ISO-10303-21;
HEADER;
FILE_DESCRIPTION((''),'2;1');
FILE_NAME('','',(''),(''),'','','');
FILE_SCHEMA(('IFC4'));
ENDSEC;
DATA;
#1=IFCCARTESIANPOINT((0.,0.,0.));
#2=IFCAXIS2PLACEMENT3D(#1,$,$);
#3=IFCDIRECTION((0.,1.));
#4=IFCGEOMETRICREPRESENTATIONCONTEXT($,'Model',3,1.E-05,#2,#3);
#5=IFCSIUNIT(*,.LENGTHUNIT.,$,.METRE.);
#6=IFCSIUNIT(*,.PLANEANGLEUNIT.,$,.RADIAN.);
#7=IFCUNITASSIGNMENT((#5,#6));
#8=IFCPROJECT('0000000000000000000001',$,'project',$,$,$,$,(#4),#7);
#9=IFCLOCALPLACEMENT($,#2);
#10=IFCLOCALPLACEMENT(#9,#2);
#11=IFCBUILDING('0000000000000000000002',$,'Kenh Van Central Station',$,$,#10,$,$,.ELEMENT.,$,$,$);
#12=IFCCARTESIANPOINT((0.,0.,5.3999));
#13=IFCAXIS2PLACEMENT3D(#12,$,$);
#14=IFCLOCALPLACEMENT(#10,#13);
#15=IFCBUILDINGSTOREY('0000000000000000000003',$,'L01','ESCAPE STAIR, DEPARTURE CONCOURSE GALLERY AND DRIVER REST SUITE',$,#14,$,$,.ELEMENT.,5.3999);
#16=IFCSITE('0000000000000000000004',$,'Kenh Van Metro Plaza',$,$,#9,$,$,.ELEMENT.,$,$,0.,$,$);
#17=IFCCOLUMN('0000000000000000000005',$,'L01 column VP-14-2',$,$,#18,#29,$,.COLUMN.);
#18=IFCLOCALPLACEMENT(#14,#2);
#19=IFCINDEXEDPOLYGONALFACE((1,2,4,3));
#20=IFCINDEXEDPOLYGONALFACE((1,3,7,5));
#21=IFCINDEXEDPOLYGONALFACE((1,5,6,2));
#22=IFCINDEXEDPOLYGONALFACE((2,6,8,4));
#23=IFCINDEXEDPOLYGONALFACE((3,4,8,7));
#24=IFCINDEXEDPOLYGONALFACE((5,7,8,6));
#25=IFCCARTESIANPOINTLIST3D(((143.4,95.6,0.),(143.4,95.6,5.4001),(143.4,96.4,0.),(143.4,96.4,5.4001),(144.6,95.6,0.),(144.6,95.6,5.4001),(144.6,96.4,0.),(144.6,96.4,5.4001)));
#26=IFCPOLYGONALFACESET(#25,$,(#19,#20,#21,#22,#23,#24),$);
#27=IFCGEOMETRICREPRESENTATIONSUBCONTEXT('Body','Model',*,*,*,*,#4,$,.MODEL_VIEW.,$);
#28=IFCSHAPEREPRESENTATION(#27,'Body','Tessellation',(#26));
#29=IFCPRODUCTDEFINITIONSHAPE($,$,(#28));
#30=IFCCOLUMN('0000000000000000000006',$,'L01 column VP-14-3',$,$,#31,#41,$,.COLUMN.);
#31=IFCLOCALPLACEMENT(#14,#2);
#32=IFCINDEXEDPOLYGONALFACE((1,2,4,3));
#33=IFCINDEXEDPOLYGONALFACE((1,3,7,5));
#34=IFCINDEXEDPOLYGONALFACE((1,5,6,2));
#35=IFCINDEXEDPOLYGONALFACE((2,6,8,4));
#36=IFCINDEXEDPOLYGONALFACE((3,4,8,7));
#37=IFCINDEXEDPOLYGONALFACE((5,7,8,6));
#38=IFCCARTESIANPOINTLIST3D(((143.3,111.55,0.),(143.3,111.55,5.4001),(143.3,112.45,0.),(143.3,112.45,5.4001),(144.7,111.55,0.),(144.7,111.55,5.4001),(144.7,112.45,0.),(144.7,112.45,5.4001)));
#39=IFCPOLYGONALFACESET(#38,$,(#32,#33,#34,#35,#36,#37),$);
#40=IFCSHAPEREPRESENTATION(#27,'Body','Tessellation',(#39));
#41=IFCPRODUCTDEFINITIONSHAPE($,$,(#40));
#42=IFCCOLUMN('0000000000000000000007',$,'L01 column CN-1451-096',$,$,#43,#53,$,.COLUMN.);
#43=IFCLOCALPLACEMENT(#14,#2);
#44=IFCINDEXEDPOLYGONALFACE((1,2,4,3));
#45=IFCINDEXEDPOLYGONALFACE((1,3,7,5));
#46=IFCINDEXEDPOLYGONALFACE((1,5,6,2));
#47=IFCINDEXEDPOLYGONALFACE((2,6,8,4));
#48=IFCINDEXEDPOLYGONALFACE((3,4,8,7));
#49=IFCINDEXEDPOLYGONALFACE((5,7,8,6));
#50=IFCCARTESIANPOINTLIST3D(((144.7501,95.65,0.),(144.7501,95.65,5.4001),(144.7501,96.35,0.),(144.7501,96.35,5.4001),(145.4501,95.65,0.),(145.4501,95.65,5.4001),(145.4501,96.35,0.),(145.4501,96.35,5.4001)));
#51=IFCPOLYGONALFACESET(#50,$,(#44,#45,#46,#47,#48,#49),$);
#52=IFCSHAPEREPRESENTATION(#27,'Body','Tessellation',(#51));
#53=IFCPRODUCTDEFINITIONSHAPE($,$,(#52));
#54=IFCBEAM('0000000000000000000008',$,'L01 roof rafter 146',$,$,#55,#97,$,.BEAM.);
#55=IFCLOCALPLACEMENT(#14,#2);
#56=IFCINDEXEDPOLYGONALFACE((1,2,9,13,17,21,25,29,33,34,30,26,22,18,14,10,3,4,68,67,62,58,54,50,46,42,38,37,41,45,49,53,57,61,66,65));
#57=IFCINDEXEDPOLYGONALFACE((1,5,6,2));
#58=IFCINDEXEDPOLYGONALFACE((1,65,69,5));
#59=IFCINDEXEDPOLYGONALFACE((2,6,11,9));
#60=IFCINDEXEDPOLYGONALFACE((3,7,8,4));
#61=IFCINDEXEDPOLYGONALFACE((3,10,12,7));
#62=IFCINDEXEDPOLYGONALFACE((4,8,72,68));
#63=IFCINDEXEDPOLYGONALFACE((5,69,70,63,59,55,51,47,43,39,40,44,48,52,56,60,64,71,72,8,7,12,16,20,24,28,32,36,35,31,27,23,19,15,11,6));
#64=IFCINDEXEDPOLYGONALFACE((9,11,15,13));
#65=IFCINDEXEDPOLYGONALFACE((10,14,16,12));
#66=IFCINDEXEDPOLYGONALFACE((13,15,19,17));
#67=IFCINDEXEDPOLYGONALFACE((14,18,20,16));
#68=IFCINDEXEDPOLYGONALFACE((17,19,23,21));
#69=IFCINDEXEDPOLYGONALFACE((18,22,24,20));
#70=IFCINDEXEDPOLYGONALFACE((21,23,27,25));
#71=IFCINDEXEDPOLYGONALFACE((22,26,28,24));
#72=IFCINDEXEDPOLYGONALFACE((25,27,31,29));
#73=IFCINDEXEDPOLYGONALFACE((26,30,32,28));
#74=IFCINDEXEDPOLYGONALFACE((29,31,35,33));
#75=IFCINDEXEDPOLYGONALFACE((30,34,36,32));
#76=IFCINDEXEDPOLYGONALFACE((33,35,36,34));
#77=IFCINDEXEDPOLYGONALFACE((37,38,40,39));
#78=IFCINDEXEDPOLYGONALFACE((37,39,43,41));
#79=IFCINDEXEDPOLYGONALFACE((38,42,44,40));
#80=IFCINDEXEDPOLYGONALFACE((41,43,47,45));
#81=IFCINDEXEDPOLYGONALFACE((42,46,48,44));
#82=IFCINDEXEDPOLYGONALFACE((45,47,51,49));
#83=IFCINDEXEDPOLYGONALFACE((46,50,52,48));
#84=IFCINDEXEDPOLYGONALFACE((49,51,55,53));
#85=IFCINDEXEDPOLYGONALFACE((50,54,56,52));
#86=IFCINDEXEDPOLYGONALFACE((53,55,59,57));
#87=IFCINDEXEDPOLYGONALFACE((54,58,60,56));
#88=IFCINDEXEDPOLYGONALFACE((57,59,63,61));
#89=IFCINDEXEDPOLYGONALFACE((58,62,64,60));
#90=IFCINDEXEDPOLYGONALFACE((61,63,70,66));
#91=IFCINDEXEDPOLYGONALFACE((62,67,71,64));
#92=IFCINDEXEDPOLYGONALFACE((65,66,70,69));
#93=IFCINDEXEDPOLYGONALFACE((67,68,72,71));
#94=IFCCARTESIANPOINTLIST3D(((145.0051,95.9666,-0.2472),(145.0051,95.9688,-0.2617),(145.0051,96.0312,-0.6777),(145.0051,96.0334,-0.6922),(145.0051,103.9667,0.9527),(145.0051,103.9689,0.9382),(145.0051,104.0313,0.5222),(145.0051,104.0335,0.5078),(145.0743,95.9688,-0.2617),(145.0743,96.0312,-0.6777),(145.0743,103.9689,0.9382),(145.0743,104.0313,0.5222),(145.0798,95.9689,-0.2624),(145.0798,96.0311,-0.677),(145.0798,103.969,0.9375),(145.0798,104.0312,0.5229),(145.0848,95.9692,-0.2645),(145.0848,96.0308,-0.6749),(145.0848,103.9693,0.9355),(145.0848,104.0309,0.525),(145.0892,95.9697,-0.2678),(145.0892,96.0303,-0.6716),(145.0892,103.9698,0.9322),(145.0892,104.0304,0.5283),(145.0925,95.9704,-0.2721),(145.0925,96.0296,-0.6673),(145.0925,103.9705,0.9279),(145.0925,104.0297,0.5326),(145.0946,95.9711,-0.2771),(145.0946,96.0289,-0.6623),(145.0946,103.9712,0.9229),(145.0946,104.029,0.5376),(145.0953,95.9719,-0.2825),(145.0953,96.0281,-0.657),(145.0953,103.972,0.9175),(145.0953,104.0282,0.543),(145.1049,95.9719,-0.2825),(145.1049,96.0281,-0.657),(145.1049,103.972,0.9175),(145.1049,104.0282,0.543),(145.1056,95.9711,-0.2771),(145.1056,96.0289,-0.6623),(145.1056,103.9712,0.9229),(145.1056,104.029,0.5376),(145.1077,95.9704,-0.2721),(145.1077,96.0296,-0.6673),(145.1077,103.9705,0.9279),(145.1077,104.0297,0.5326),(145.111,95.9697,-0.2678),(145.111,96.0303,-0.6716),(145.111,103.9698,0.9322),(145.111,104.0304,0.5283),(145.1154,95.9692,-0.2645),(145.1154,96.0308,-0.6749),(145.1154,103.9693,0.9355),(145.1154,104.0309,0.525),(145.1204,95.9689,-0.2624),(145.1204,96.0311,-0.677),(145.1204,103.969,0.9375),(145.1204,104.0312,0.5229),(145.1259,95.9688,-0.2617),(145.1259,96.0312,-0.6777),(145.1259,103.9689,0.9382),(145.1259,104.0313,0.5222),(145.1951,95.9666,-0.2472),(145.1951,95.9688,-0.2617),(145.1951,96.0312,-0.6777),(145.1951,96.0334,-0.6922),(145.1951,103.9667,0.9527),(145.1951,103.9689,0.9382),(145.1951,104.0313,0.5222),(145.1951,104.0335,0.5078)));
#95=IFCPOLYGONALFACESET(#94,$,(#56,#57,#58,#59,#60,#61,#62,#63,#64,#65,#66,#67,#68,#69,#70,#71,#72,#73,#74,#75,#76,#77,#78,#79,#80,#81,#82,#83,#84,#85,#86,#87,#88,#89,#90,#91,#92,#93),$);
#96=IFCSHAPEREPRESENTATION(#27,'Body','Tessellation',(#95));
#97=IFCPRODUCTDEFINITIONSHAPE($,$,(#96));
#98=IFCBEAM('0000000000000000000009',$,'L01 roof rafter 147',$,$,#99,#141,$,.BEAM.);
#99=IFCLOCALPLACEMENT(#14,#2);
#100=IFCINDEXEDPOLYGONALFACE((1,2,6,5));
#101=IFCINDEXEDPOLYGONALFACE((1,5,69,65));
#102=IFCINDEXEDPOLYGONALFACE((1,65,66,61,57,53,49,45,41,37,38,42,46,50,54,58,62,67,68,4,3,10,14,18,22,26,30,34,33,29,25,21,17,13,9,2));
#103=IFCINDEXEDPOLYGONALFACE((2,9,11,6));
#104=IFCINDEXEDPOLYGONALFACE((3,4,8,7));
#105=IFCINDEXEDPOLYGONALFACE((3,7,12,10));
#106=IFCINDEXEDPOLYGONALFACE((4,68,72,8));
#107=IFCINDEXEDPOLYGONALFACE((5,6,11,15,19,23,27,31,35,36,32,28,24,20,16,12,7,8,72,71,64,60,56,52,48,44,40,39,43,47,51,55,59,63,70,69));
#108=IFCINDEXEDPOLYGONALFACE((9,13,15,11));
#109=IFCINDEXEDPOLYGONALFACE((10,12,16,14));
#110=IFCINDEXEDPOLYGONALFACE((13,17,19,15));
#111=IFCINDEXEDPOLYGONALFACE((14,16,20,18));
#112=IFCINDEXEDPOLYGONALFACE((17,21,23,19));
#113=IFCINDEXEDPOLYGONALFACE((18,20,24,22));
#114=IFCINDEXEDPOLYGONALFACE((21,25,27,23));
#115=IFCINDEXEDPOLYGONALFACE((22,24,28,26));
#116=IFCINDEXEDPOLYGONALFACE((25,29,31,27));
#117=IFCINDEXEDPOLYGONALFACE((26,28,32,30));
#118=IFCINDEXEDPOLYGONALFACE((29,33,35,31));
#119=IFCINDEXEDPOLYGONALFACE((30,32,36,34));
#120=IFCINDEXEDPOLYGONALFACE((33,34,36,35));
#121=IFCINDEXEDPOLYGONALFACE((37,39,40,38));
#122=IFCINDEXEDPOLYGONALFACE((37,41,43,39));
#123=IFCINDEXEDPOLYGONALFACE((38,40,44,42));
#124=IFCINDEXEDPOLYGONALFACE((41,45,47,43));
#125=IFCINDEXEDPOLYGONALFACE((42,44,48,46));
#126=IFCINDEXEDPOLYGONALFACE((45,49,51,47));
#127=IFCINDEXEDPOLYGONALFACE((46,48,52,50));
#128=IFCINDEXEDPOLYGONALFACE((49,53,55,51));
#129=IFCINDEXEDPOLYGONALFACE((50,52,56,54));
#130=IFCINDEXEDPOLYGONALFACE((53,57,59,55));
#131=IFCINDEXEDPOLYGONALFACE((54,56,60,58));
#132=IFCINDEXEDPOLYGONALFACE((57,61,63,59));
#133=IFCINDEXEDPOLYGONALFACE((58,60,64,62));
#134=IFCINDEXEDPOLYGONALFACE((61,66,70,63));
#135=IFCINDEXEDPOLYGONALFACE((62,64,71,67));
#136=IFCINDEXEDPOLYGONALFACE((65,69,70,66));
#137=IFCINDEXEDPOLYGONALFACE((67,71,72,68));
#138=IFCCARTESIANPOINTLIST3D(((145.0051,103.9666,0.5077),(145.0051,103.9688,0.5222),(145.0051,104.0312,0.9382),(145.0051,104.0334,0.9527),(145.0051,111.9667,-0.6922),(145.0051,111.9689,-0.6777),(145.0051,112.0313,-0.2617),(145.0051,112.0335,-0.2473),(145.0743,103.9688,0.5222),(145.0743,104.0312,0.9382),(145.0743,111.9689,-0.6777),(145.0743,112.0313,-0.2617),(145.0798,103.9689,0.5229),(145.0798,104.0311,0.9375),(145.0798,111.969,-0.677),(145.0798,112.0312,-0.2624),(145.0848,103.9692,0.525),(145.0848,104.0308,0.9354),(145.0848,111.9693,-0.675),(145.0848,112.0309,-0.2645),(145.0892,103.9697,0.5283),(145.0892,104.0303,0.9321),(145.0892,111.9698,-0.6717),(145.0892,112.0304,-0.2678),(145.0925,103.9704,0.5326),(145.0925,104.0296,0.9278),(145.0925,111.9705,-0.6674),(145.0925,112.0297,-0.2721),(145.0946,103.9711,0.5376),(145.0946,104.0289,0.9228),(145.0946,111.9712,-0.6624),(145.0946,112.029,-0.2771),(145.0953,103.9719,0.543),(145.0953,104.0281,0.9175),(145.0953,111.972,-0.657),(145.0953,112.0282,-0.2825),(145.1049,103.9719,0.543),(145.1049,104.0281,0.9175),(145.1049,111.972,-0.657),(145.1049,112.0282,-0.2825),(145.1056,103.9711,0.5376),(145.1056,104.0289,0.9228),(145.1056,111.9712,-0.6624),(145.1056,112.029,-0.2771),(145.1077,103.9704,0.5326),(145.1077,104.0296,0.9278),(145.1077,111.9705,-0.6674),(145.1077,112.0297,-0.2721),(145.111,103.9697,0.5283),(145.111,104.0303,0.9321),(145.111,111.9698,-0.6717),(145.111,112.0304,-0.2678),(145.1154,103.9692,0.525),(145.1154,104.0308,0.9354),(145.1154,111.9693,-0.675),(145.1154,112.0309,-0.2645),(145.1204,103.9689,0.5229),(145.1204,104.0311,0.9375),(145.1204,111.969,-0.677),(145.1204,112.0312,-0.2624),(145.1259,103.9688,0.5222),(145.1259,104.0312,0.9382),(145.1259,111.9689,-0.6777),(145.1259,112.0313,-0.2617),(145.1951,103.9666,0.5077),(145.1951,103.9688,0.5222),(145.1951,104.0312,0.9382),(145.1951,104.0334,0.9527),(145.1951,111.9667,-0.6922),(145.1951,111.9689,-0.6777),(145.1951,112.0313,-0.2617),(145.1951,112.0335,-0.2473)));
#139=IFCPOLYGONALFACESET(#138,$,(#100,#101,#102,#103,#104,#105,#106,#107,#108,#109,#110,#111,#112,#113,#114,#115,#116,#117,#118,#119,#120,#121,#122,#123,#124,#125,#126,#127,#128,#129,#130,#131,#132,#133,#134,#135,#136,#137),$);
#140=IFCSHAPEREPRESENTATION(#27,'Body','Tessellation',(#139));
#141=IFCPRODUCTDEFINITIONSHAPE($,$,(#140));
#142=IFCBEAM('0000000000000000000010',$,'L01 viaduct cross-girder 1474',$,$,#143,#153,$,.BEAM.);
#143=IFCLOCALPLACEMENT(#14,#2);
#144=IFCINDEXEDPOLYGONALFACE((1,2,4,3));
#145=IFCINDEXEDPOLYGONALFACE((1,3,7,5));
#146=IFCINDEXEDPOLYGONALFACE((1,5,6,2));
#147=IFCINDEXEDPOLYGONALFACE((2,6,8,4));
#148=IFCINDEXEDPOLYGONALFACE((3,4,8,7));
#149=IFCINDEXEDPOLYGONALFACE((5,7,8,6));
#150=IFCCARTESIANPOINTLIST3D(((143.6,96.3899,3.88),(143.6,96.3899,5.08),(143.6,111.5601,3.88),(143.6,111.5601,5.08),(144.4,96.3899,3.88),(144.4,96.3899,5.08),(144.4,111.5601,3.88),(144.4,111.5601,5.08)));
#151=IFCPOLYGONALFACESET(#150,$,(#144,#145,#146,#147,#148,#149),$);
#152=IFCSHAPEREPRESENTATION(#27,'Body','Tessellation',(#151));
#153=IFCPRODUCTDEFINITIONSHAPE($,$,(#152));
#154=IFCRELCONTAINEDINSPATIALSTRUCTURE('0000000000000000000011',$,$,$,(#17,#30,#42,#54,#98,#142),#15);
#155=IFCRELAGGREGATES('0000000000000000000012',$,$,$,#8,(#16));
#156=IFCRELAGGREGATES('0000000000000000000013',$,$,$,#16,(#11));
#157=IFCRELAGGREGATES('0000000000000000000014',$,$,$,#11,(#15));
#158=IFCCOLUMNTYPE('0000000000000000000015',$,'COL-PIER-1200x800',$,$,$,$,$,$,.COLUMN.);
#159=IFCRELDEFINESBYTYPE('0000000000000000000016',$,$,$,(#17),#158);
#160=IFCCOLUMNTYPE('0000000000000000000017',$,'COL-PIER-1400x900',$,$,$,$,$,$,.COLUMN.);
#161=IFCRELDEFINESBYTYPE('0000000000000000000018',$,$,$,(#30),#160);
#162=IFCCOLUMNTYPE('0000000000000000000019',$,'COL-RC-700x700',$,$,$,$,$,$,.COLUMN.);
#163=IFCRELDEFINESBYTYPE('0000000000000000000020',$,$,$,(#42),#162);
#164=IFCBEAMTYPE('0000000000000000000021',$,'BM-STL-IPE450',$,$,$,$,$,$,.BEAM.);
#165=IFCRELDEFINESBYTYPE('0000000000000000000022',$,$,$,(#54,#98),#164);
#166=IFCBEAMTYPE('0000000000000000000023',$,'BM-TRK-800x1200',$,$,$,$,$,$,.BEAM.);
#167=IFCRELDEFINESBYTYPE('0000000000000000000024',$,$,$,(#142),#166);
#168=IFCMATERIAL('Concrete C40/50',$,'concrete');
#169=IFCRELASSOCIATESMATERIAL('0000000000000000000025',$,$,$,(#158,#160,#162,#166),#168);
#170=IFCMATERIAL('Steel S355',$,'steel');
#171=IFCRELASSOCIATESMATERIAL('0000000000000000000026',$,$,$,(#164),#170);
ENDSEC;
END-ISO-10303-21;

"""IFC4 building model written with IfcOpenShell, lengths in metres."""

from ifc_helpers import new_model, si_unit, direction, frame, origin, origin_2d, place, context, subcontext, project, spatial, rectangle, i_section, extrude, material, material_profile, profile_set, type_object, element, save


model = new_model("IFC4")

# Units and contexts
model_context = context("Model", 3, precision=1e-05, world=origin(), true_north=direction((0.0, 1.0)))
body_context = subcontext(model_context, "Body", "Model", "MODEL_VIEW")
ifc_project = project(units=[si_unit("LENGTHUNIT", "METRE"), si_unit("PLANEANGLEUNIT", "RADIAN")], contexts=[model_context])

# Site, building, storey
site_placement = place(None, origin())
site = spatial("IfcSite", under=ifc_project, at=site_placement, Name="Kenh Van Metro Plaza", CompositionType="ELEMENT", RefElevation=0.0)
building_placement = place(site_placement, origin())
building = spatial("IfcBuilding", under=site, at=building_placement, Name="Kenh Van Central Station", CompositionType="ELEMENT")
storey_placement = place(building_placement, frame((0.0, 0.0, 5.3999)))
storey = spatial("IfcBuildingStorey", under=building, at=storey_placement, Name="L01", Description="ESCAPE STAIR, DEPARTURE CONCOURSE GALLERY AND DRIVER REST SUITE", CompositionType="ELEMENT", Elevation=5.3999)

# Columns
ifc_material_1 = material(Name="Concrete C40/50", Category="concrete")
ifc_material_profile_1 = material_profile(ifc_material_1, rectangle(XDim=1.2, YDim=0.8, at=origin_2d()), Name="RC 1200x800")
ifc_profile_set_1 = profile_set([ifc_material_profile_1], Name="Concrete C40/50")
column_type_1 = type_object("IfcColumnType", Name="COL-PIER-1200x800", PredefinedType="COLUMN", material=ifc_profile_set_1)
column_1_placement = place(storey_placement, frame((144.0, 96.0, 0.0), z_axis=(0.0, 0.0, 1.0), x_axis=(1.0, 0.0, 0.0)))
element("IfcColumn", 1, at=column_1_placement, inside=storey, type_object=column_type_1, Name="L01 column VP-14-2", PredefinedType="COLUMN", context=body_context, shape_type="SweptSolid", body=[
    extrude(rectangle(XDim=1.2, YDim=0.8, at=origin_2d()), origin(), (0.0, 0.0, 1.0), 5.4001),
])
ifc_material_profile_2 = material_profile(ifc_material_1, rectangle(XDim=1.3999, YDim=0.8999, at=origin_2d()), Name="RC 1400x900")
ifc_profile_set_2 = profile_set([ifc_material_profile_2], Name="Concrete C40/50")
column_type_2 = type_object("IfcColumnType", Name="COL-PIER-1400x900", PredefinedType="COLUMN", material=ifc_profile_set_2)
column_2_placement = place(storey_placement, frame((144.0, 112.0, 0.0), z_axis=(0.0, 0.0, 1.0), x_axis=(1.0, 0.0, 0.0)))
element("IfcColumn", 2, at=column_2_placement, inside=storey, type_object=column_type_2, Name="L01 column VP-14-3", PredefinedType="COLUMN", context=body_context, shape_type="SweptSolid", body=[
    extrude(rectangle(XDim=1.3999, YDim=0.8999, at=origin_2d()), origin(), (0.0, 0.0, 1.0), 5.4001),
])
ifc_material_profile_3 = material_profile(ifc_material_1, rectangle(XDim=0.7, YDim=0.7, at=origin_2d()), Name="RC 700x700")
ifc_profile_set_3 = profile_set([ifc_material_profile_3], Name="Concrete C40/50")
column_type_3 = type_object("IfcColumnType", Name="COL-RC-700x700", PredefinedType="COLUMN", material=ifc_profile_set_3)
column_3_placement = place(storey_placement, frame((145.1001, 96.0, 0.0), z_axis=(0.0, 0.0, 1.0), x_axis=(1.0, 0.0, 0.0)))
element("IfcColumn", 3, at=column_3_placement, inside=storey, type_object=column_type_3, Name="L01 column CN-1451-096", PredefinedType="COLUMN", context=body_context, shape_type="SweptSolid", body=[
    extrude(rectangle(XDim=0.7, YDim=0.7, at=origin_2d()), origin(), (0.0, 0.0, 1.0), 5.4001),
])

# Beams
ifc_material_2 = material(Name="Steel S355", Category="steel")
ifc_material_profile_4 = material_profile(ifc_material_2, i_section(OverallWidth=0.1899, OverallDepth=0.45, WebThickness=0.0095, FlangeThickness=0.0146, FilletRadius=0.021, at=origin_2d()), Name="IPE 450")
ifc_profile_set_4 = profile_set([ifc_material_profile_4], Name="Steel S355")
beam_type_1 = type_object("IfcBeamType", Name="BM-STL-IPE450", PredefinedType="BEAM", material=ifc_profile_set_4)
for number, where, z_axis, x_axis, name in (
    (4, (145.1001, 96.0, -0.4697), (0.0, 0.988937, 0.148335), (-1.0, 0.0, 0.0), "L01 roof rafter 146"),
    (5, (145.1001, 104.0, 0.7302), (0.0, 0.988937, -0.148335), (-1.0, 0.0, 0.0), "L01 roof rafter 147"),
):
    element("IfcBeam", number, at=place(storey_placement, frame(where, z_axis=z_axis, x_axis=x_axis)), inside=storey, type_object=beam_type_1, Name=name, PredefinedType="BEAM", context=body_context, shape_type="SweptSolid", body=[
        extrude(i_section(OverallWidth=0.1899, OverallDepth=0.45, WebThickness=0.0095, FlangeThickness=0.0146, FilletRadius=0.021, at=origin_2d()), origin(), (0.0, 0.0, 1.0), 8.0896),
    ])
ifc_material_profile_5 = material_profile(ifc_material_1, rectangle(XDim=0.8, YDim=1.2, at=origin_2d()), Name="RC 800x1200")
ifc_profile_set_5 = profile_set([ifc_material_profile_5], Name="Concrete C40/50")
beam_type_2 = type_object("IfcBeamType", Name="BM-TRK-800x1200", PredefinedType="BEAM", material=ifc_profile_set_5)
beam_1_placement = place(storey_placement, frame((144.0, 96.3899, 4.48), z_axis=(0.0, 1.0, 0.0), x_axis=(-1.0, 0.0, 0.0)))
element("IfcBeam", 6, at=beam_1_placement, inside=storey, type_object=beam_type_2, Name="L01 viaduct cross-girder 1474", PredefinedType="BEAM", context=body_context, shape_type="SweptSolid", body=[
    extrude(rectangle(XDim=0.8, YDim=1.2, at=origin_2d()), origin(), (0.0, 0.0, 1.0), 15.1702),
])

save(model, "model.ifc")
